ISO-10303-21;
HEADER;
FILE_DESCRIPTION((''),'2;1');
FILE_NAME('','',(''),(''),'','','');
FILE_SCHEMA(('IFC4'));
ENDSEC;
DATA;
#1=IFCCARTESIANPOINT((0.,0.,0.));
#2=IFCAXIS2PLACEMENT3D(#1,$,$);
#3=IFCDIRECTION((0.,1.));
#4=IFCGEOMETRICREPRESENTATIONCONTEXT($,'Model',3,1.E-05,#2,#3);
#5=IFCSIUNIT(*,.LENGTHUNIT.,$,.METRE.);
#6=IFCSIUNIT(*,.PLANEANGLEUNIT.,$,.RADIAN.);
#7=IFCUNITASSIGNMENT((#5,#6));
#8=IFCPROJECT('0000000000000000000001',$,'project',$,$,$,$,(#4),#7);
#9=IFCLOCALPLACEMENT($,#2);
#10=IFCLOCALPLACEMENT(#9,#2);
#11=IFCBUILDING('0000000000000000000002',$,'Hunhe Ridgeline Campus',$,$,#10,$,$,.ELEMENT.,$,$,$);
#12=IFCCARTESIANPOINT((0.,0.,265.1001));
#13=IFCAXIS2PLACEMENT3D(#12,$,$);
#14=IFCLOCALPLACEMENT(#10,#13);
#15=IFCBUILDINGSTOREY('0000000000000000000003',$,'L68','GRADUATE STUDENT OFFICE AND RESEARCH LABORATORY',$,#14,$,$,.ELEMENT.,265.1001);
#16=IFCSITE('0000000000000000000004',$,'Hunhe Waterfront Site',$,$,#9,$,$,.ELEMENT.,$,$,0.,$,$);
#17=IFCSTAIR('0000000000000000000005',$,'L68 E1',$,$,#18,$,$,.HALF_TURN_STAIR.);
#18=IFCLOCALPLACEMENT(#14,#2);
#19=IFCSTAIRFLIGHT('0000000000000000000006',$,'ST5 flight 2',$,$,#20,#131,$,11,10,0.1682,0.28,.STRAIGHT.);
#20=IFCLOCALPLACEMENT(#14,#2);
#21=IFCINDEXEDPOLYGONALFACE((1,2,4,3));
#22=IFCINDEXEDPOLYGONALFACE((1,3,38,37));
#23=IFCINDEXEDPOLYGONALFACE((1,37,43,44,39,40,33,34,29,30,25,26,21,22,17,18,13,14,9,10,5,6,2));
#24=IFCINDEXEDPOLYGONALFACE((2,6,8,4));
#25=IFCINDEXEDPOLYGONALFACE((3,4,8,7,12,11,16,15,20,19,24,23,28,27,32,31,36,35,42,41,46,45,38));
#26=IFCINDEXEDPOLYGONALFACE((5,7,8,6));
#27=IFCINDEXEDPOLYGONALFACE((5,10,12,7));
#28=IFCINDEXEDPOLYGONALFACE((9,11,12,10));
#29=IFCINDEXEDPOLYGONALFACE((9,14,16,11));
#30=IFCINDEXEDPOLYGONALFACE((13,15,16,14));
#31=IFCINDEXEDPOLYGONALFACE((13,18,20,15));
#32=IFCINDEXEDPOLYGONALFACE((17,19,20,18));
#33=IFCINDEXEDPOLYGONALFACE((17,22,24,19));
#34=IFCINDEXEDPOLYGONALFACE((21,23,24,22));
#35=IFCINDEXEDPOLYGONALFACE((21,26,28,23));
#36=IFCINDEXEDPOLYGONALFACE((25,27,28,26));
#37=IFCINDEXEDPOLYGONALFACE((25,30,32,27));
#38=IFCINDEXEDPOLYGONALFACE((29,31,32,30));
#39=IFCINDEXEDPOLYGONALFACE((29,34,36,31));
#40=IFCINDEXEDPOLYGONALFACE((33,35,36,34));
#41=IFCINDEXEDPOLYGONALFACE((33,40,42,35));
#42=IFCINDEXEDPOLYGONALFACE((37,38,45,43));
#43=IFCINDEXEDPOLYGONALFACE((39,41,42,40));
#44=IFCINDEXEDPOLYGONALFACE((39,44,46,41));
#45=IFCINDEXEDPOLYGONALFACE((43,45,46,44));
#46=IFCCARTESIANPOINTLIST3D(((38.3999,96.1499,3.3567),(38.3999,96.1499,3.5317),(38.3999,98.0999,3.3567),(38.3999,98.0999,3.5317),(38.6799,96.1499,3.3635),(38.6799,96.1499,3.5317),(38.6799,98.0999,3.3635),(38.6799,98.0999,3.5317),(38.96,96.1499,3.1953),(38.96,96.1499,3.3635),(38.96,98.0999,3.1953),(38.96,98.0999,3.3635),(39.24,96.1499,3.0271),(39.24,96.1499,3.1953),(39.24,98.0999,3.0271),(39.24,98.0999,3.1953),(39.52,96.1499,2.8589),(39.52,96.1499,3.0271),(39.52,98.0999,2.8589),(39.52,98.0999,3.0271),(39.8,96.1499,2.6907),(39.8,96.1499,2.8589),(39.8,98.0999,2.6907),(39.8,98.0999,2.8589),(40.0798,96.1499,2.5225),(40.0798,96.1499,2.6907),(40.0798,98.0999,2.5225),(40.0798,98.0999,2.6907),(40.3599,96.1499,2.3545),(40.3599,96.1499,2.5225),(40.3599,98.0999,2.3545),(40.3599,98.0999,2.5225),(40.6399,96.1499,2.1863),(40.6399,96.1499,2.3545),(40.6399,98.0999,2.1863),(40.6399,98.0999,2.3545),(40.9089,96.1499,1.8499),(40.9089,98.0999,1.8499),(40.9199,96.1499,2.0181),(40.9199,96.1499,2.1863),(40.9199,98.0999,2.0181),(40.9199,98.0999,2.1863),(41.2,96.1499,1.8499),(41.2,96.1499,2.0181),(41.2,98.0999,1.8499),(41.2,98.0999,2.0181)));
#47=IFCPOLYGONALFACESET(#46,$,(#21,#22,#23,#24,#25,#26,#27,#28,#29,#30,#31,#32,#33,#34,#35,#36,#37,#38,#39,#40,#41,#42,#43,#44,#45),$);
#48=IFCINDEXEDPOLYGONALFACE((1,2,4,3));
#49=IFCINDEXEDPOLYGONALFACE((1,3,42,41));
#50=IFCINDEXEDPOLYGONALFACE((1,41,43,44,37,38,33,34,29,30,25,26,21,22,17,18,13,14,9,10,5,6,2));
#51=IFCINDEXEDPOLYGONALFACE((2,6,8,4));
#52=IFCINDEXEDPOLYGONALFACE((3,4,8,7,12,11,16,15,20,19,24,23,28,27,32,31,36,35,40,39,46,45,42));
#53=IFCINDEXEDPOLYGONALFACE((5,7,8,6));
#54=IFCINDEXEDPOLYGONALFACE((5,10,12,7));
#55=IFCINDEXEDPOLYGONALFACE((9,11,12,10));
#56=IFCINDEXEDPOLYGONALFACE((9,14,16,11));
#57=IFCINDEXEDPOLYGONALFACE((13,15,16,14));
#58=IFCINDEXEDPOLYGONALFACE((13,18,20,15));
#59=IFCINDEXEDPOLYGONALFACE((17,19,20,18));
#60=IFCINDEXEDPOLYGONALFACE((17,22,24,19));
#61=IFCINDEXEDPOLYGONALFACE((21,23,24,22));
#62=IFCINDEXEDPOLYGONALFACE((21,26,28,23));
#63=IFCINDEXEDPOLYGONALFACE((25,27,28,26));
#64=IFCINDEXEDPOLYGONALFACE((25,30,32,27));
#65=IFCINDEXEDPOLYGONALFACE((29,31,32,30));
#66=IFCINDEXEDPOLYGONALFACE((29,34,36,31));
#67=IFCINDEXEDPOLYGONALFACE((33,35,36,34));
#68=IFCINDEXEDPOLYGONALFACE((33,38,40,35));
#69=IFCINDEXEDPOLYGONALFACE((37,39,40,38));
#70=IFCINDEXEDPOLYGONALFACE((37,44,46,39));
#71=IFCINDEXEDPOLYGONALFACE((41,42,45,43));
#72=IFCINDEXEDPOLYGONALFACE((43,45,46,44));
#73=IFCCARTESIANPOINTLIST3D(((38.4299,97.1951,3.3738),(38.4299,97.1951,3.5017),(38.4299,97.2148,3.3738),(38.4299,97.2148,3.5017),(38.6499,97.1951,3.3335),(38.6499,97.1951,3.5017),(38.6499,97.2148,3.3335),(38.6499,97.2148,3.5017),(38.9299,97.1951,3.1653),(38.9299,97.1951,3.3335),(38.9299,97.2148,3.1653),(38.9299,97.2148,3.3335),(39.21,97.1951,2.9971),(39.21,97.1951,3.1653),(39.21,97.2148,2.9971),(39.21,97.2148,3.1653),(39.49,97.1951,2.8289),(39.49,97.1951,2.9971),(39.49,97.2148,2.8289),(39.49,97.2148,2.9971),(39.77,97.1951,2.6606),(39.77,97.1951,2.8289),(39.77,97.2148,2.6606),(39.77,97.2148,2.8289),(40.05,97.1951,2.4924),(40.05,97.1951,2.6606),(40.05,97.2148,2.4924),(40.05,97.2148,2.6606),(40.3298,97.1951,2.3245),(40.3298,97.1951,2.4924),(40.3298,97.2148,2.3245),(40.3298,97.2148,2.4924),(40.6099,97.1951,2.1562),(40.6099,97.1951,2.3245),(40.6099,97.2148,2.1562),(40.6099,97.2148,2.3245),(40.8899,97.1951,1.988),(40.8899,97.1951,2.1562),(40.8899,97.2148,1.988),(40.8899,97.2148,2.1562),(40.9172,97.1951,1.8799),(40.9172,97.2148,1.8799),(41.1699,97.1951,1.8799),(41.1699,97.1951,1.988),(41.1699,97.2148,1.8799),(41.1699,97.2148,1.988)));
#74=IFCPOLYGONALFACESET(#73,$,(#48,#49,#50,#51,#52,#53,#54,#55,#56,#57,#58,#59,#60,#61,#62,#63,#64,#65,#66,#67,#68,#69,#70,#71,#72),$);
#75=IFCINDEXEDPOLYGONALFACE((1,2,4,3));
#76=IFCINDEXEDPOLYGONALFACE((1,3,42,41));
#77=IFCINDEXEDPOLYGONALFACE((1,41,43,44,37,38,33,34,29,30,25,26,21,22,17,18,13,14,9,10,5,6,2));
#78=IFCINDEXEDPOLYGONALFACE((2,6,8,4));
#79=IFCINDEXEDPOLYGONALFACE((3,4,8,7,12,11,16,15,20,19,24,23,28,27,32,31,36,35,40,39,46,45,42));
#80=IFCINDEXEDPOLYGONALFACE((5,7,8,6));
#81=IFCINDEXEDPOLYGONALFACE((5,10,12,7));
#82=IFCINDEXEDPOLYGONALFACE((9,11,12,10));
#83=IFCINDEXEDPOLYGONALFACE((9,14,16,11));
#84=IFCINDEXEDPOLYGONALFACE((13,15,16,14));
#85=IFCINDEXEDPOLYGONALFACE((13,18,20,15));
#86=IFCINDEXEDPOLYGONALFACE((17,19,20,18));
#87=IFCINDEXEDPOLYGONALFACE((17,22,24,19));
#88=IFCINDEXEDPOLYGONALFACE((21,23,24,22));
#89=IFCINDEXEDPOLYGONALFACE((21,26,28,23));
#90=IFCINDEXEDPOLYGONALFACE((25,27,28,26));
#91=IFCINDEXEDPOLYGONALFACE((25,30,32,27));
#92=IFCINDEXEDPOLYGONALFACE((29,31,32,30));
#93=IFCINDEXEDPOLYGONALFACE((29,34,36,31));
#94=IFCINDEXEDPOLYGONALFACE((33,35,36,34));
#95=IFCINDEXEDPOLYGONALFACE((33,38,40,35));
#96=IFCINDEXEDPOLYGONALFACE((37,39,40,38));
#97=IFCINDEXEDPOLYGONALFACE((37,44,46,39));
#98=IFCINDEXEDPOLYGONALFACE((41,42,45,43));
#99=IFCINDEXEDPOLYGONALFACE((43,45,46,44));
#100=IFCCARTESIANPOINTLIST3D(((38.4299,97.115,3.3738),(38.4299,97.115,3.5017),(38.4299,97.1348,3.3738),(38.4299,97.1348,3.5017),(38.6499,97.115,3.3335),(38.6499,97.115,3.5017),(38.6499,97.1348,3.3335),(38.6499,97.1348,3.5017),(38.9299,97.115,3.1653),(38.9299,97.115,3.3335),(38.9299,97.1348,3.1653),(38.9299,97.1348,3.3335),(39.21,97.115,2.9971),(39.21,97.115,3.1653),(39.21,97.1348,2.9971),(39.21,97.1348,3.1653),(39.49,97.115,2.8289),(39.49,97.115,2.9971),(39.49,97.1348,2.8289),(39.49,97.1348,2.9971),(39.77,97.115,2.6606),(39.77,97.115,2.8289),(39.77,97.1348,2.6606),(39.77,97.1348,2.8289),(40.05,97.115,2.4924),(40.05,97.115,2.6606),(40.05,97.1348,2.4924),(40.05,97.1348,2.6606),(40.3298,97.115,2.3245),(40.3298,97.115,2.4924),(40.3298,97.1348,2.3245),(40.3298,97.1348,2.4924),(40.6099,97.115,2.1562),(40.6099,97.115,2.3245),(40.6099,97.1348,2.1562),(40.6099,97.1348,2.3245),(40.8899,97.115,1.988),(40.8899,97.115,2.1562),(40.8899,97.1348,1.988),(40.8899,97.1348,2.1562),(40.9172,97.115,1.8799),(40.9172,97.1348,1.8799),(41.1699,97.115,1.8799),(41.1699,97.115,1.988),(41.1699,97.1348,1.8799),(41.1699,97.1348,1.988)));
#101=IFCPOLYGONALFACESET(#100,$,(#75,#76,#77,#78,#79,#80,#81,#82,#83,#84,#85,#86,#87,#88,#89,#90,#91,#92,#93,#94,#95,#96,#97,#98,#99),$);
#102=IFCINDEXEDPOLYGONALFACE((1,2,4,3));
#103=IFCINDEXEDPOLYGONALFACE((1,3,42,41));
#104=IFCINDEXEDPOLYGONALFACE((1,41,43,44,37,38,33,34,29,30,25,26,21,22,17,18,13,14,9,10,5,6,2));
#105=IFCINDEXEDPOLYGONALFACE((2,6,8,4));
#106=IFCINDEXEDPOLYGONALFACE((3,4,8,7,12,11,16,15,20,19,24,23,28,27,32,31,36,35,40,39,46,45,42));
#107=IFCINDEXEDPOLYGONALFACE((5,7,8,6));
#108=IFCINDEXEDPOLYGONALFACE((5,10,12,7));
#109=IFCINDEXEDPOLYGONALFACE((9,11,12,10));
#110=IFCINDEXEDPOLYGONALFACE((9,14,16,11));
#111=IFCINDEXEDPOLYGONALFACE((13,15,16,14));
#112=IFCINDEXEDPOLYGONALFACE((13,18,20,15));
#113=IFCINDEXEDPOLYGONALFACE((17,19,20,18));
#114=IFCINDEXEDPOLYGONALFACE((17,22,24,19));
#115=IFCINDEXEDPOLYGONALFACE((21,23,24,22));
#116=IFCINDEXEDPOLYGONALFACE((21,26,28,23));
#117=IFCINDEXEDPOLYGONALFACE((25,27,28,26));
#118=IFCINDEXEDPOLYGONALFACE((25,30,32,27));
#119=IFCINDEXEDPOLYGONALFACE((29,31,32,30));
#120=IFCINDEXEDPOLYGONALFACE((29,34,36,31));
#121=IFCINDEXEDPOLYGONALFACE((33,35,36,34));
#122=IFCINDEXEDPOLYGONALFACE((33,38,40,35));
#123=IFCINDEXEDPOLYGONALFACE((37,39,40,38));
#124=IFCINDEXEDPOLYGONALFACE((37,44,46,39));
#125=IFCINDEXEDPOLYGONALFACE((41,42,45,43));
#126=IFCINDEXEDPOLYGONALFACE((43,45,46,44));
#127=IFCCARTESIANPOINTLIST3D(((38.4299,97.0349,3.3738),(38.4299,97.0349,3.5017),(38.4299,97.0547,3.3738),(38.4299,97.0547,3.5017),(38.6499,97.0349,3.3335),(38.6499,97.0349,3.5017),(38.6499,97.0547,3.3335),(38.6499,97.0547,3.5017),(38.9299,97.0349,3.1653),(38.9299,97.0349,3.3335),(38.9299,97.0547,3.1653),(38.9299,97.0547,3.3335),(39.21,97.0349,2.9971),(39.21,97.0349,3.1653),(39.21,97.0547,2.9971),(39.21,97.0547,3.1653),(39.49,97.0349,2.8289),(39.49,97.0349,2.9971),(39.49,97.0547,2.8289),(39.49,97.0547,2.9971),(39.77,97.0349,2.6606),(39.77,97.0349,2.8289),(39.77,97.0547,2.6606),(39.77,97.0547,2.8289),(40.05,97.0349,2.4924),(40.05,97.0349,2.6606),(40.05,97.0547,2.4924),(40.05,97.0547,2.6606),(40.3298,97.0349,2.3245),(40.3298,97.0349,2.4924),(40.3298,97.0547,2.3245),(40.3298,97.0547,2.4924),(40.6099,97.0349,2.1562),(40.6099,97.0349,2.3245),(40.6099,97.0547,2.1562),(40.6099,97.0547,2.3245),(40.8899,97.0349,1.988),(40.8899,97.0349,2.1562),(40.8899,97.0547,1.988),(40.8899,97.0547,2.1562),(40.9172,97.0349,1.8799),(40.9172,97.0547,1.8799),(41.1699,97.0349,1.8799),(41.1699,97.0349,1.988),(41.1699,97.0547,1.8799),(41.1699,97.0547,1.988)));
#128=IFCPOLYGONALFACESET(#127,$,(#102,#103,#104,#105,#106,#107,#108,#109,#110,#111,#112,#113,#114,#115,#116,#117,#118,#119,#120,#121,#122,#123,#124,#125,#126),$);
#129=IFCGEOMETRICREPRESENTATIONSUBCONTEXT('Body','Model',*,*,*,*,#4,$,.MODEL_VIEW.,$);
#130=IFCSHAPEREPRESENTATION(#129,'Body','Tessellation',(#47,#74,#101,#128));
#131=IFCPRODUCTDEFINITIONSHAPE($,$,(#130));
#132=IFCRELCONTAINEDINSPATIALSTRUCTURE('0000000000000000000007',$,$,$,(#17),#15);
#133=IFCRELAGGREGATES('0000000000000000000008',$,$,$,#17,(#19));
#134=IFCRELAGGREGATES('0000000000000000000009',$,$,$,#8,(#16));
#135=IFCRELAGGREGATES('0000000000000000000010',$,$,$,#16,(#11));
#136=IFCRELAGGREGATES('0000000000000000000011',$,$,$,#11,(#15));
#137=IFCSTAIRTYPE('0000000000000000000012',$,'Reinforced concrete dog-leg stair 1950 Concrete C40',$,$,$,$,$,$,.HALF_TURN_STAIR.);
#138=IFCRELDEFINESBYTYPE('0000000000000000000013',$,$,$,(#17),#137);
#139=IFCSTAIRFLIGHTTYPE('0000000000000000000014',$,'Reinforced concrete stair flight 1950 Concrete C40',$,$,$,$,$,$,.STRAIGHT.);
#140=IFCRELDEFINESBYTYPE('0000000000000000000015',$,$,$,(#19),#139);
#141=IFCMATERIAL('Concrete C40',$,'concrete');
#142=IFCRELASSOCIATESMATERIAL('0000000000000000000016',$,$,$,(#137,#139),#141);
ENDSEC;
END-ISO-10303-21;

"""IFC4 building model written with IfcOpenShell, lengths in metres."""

from ifc_helpers import new_model, si_unit, direction, frame, origin, place, context, subcontext, project, spatial, polyline, outline, extrude, material, type_object, element, aggregate, save


model = new_model("IFC4")

# Units and contexts
model_context = context("Model", 3, precision=1e-05, world=origin(), true_north=direction((0.0, 1.0)))
body_context = subcontext(model_context, "Body", "Model", "MODEL_VIEW")
ifc_project = project(units=[si_unit("LENGTHUNIT", "METRE"), si_unit("PLANEANGLEUNIT", "RADIAN")], contexts=[model_context])

# Site, building, storey
site_placement = place(None, origin())
site = spatial("IfcSite", under=ifc_project, at=site_placement, Name="Hunhe Waterfront Site", CompositionType="ELEMENT", RefElevation=0.0)
building_placement = place(site_placement, origin())
building = spatial("IfcBuilding", under=site, at=building_placement, Name="Hunhe Ridgeline Campus", CompositionType="ELEMENT")
storey_placement = place(building_placement, frame((0.0, 0.0, 265.1001)))
storey = spatial("IfcBuildingStorey", under=building, at=storey_placement, Name="L68", Description="GRADUATE STUDENT OFFICE AND RESEARCH LABORATORY", CompositionType="ELEMENT", Elevation=265.1001)

# Stair, stair flight
ifc_material_1 = material(Name="Concrete C40", Category="concrete")
stair_type = type_object("IfcStairType", Name="Reinforced concrete dog-leg stair 1950 Concrete C40", PredefinedType="HALF_TURN_STAIR", material=ifc_material_1)
stair_placement = place(storey_placement, origin())
stair = element("IfcStair", 1, at=stair_placement, inside=storey, type_object=stair_type, Name="L68 E1", PredefinedType="HALF_TURN_STAIR")
stair_flight_type = type_object("IfcStairFlightType", Name="Reinforced concrete stair flight 1950 Concrete C40", PredefinedType="STRAIGHT", material=ifc_material_1)
stair_flight_1_placement = place(storey_placement, frame((41.2, 97.125, 1.8499), z_axis=(0.0, 0.0, 1.0), x_axis=(-1.0, 0.0, 0.0)))
stair_flight_1 = element("IfcStairFlight", 2, at=stair_flight_1_placement, type_object=stair_flight_type, Name="ST5 flight 2", NumberOfRisers=11, NumberOfTreads=10, PredefinedType="STRAIGHT", RiserHeight=0.1682, TreadLength=0.28, context=body_context, shape_type="SweptSolid", body=[
    extrude(outline(polyline([(0.0, 0.0), (0.0, 0.1682), (0.28, 0.1682), (0.28, 0.3364), (0.5601, 0.3364), (0.5601, 0.5046), (0.8401, 0.5046), (0.8401, 0.6726), (1.1201, 0.6726), (1.1201, 0.8408), (1.3999, 0.8408), (1.3999, 1.009), (1.6799, 1.009), (1.6799, 1.1772), (1.96, 1.1772), (1.96, 1.3455), (2.24, 1.3455), (2.24, 1.5137), (2.52, 1.5137), (2.52, 1.6819), (2.8, 1.6819), (2.8, 1.8501), (2.8, 1.5068), (0.291, 0.0), (0.0, 0.0)])), frame((0.0, 0.9751, 0.0), z_axis=(0.0, -1.0, 0.0), x_axis=(1.0, 0.0, 0.0)), (0.0, 0.0, 1.0), 1.95),
    extrude(outline(polyline([(0.03, 0.03), (0.03, 0.1382), (0.3101, 0.1382), (0.3101, 0.3064), (0.5901, 0.3064), (0.5901, 0.4746), (0.8701, 0.4746), (0.8701, 0.6426), (1.1499, 0.6426), (1.1499, 0.8108), (1.4299, 0.8108), (1.4299, 0.979), (1.71, 0.979), (1.71, 1.1472), (1.99, 1.1472), (1.99, 1.3154), (2.27, 1.3154), (2.27, 1.4836), (2.55, 1.4836), (2.55, 1.6519), (2.77, 1.6519), (2.77, 1.5239), (0.2827, 0.03), (0.03, 0.03)])), frame((0.0, -0.0701, 0.0), z_axis=(0.0, -1.0, 0.0), x_axis=(1.0, 0.0, 0.0)), (0.0, 0.0, 1.0), 0.0198),
    extrude(outline(polyline([(0.03, 0.03), (0.03, 0.1382), (0.3101, 0.1382), (0.3101, 0.3064), (0.5901, 0.3064), (0.5901, 0.4746), (0.8701, 0.4746), (0.8701, 0.6426), (1.1499, 0.6426), (1.1499, 0.8108), (1.4299, 0.8108), (1.4299, 0.979), (1.71, 0.979), (1.71, 1.1472), (1.99, 1.1472), (1.99, 1.3154), (2.27, 1.3154), (2.27, 1.4836), (2.55, 1.4836), (2.55, 1.6519), (2.77, 1.6519), (2.77, 1.5239), (0.2827, 0.03), (0.03, 0.03)])), frame((0.0, 0.01, 0.0), z_axis=(0.0, -1.0, 0.0), x_axis=(1.0, 0.0, 0.0)), (0.0, 0.0, 1.0), 0.0198),
    extrude(outline(polyline([(0.03, 0.03), (0.03, 0.1382), (0.3101, 0.1382), (0.3101, 0.3064), (0.5901, 0.3064), (0.5901, 0.4746), (0.8701, 0.4746), (0.8701, 0.6426), (1.1499, 0.6426), (1.1499, 0.8108), (1.4299, 0.8108), (1.4299, 0.979), (1.71, 0.979), (1.71, 1.1472), (1.99, 1.1472), (1.99, 1.3154), (2.27, 1.3154), (2.27, 1.4836), (2.55, 1.4836), (2.55, 1.6519), (2.77, 1.6519), (2.77, 1.5239), (0.2827, 0.03), (0.03, 0.03)])), frame((0.0, 0.0901, 0.0), z_axis=(0.0, -1.0, 0.0), x_axis=(1.0, 0.0, 0.0)), (0.0, 0.0, 1.0), 0.0198),
])
aggregate(stair, [stair_flight_1])

save(model, "model.ifc")
